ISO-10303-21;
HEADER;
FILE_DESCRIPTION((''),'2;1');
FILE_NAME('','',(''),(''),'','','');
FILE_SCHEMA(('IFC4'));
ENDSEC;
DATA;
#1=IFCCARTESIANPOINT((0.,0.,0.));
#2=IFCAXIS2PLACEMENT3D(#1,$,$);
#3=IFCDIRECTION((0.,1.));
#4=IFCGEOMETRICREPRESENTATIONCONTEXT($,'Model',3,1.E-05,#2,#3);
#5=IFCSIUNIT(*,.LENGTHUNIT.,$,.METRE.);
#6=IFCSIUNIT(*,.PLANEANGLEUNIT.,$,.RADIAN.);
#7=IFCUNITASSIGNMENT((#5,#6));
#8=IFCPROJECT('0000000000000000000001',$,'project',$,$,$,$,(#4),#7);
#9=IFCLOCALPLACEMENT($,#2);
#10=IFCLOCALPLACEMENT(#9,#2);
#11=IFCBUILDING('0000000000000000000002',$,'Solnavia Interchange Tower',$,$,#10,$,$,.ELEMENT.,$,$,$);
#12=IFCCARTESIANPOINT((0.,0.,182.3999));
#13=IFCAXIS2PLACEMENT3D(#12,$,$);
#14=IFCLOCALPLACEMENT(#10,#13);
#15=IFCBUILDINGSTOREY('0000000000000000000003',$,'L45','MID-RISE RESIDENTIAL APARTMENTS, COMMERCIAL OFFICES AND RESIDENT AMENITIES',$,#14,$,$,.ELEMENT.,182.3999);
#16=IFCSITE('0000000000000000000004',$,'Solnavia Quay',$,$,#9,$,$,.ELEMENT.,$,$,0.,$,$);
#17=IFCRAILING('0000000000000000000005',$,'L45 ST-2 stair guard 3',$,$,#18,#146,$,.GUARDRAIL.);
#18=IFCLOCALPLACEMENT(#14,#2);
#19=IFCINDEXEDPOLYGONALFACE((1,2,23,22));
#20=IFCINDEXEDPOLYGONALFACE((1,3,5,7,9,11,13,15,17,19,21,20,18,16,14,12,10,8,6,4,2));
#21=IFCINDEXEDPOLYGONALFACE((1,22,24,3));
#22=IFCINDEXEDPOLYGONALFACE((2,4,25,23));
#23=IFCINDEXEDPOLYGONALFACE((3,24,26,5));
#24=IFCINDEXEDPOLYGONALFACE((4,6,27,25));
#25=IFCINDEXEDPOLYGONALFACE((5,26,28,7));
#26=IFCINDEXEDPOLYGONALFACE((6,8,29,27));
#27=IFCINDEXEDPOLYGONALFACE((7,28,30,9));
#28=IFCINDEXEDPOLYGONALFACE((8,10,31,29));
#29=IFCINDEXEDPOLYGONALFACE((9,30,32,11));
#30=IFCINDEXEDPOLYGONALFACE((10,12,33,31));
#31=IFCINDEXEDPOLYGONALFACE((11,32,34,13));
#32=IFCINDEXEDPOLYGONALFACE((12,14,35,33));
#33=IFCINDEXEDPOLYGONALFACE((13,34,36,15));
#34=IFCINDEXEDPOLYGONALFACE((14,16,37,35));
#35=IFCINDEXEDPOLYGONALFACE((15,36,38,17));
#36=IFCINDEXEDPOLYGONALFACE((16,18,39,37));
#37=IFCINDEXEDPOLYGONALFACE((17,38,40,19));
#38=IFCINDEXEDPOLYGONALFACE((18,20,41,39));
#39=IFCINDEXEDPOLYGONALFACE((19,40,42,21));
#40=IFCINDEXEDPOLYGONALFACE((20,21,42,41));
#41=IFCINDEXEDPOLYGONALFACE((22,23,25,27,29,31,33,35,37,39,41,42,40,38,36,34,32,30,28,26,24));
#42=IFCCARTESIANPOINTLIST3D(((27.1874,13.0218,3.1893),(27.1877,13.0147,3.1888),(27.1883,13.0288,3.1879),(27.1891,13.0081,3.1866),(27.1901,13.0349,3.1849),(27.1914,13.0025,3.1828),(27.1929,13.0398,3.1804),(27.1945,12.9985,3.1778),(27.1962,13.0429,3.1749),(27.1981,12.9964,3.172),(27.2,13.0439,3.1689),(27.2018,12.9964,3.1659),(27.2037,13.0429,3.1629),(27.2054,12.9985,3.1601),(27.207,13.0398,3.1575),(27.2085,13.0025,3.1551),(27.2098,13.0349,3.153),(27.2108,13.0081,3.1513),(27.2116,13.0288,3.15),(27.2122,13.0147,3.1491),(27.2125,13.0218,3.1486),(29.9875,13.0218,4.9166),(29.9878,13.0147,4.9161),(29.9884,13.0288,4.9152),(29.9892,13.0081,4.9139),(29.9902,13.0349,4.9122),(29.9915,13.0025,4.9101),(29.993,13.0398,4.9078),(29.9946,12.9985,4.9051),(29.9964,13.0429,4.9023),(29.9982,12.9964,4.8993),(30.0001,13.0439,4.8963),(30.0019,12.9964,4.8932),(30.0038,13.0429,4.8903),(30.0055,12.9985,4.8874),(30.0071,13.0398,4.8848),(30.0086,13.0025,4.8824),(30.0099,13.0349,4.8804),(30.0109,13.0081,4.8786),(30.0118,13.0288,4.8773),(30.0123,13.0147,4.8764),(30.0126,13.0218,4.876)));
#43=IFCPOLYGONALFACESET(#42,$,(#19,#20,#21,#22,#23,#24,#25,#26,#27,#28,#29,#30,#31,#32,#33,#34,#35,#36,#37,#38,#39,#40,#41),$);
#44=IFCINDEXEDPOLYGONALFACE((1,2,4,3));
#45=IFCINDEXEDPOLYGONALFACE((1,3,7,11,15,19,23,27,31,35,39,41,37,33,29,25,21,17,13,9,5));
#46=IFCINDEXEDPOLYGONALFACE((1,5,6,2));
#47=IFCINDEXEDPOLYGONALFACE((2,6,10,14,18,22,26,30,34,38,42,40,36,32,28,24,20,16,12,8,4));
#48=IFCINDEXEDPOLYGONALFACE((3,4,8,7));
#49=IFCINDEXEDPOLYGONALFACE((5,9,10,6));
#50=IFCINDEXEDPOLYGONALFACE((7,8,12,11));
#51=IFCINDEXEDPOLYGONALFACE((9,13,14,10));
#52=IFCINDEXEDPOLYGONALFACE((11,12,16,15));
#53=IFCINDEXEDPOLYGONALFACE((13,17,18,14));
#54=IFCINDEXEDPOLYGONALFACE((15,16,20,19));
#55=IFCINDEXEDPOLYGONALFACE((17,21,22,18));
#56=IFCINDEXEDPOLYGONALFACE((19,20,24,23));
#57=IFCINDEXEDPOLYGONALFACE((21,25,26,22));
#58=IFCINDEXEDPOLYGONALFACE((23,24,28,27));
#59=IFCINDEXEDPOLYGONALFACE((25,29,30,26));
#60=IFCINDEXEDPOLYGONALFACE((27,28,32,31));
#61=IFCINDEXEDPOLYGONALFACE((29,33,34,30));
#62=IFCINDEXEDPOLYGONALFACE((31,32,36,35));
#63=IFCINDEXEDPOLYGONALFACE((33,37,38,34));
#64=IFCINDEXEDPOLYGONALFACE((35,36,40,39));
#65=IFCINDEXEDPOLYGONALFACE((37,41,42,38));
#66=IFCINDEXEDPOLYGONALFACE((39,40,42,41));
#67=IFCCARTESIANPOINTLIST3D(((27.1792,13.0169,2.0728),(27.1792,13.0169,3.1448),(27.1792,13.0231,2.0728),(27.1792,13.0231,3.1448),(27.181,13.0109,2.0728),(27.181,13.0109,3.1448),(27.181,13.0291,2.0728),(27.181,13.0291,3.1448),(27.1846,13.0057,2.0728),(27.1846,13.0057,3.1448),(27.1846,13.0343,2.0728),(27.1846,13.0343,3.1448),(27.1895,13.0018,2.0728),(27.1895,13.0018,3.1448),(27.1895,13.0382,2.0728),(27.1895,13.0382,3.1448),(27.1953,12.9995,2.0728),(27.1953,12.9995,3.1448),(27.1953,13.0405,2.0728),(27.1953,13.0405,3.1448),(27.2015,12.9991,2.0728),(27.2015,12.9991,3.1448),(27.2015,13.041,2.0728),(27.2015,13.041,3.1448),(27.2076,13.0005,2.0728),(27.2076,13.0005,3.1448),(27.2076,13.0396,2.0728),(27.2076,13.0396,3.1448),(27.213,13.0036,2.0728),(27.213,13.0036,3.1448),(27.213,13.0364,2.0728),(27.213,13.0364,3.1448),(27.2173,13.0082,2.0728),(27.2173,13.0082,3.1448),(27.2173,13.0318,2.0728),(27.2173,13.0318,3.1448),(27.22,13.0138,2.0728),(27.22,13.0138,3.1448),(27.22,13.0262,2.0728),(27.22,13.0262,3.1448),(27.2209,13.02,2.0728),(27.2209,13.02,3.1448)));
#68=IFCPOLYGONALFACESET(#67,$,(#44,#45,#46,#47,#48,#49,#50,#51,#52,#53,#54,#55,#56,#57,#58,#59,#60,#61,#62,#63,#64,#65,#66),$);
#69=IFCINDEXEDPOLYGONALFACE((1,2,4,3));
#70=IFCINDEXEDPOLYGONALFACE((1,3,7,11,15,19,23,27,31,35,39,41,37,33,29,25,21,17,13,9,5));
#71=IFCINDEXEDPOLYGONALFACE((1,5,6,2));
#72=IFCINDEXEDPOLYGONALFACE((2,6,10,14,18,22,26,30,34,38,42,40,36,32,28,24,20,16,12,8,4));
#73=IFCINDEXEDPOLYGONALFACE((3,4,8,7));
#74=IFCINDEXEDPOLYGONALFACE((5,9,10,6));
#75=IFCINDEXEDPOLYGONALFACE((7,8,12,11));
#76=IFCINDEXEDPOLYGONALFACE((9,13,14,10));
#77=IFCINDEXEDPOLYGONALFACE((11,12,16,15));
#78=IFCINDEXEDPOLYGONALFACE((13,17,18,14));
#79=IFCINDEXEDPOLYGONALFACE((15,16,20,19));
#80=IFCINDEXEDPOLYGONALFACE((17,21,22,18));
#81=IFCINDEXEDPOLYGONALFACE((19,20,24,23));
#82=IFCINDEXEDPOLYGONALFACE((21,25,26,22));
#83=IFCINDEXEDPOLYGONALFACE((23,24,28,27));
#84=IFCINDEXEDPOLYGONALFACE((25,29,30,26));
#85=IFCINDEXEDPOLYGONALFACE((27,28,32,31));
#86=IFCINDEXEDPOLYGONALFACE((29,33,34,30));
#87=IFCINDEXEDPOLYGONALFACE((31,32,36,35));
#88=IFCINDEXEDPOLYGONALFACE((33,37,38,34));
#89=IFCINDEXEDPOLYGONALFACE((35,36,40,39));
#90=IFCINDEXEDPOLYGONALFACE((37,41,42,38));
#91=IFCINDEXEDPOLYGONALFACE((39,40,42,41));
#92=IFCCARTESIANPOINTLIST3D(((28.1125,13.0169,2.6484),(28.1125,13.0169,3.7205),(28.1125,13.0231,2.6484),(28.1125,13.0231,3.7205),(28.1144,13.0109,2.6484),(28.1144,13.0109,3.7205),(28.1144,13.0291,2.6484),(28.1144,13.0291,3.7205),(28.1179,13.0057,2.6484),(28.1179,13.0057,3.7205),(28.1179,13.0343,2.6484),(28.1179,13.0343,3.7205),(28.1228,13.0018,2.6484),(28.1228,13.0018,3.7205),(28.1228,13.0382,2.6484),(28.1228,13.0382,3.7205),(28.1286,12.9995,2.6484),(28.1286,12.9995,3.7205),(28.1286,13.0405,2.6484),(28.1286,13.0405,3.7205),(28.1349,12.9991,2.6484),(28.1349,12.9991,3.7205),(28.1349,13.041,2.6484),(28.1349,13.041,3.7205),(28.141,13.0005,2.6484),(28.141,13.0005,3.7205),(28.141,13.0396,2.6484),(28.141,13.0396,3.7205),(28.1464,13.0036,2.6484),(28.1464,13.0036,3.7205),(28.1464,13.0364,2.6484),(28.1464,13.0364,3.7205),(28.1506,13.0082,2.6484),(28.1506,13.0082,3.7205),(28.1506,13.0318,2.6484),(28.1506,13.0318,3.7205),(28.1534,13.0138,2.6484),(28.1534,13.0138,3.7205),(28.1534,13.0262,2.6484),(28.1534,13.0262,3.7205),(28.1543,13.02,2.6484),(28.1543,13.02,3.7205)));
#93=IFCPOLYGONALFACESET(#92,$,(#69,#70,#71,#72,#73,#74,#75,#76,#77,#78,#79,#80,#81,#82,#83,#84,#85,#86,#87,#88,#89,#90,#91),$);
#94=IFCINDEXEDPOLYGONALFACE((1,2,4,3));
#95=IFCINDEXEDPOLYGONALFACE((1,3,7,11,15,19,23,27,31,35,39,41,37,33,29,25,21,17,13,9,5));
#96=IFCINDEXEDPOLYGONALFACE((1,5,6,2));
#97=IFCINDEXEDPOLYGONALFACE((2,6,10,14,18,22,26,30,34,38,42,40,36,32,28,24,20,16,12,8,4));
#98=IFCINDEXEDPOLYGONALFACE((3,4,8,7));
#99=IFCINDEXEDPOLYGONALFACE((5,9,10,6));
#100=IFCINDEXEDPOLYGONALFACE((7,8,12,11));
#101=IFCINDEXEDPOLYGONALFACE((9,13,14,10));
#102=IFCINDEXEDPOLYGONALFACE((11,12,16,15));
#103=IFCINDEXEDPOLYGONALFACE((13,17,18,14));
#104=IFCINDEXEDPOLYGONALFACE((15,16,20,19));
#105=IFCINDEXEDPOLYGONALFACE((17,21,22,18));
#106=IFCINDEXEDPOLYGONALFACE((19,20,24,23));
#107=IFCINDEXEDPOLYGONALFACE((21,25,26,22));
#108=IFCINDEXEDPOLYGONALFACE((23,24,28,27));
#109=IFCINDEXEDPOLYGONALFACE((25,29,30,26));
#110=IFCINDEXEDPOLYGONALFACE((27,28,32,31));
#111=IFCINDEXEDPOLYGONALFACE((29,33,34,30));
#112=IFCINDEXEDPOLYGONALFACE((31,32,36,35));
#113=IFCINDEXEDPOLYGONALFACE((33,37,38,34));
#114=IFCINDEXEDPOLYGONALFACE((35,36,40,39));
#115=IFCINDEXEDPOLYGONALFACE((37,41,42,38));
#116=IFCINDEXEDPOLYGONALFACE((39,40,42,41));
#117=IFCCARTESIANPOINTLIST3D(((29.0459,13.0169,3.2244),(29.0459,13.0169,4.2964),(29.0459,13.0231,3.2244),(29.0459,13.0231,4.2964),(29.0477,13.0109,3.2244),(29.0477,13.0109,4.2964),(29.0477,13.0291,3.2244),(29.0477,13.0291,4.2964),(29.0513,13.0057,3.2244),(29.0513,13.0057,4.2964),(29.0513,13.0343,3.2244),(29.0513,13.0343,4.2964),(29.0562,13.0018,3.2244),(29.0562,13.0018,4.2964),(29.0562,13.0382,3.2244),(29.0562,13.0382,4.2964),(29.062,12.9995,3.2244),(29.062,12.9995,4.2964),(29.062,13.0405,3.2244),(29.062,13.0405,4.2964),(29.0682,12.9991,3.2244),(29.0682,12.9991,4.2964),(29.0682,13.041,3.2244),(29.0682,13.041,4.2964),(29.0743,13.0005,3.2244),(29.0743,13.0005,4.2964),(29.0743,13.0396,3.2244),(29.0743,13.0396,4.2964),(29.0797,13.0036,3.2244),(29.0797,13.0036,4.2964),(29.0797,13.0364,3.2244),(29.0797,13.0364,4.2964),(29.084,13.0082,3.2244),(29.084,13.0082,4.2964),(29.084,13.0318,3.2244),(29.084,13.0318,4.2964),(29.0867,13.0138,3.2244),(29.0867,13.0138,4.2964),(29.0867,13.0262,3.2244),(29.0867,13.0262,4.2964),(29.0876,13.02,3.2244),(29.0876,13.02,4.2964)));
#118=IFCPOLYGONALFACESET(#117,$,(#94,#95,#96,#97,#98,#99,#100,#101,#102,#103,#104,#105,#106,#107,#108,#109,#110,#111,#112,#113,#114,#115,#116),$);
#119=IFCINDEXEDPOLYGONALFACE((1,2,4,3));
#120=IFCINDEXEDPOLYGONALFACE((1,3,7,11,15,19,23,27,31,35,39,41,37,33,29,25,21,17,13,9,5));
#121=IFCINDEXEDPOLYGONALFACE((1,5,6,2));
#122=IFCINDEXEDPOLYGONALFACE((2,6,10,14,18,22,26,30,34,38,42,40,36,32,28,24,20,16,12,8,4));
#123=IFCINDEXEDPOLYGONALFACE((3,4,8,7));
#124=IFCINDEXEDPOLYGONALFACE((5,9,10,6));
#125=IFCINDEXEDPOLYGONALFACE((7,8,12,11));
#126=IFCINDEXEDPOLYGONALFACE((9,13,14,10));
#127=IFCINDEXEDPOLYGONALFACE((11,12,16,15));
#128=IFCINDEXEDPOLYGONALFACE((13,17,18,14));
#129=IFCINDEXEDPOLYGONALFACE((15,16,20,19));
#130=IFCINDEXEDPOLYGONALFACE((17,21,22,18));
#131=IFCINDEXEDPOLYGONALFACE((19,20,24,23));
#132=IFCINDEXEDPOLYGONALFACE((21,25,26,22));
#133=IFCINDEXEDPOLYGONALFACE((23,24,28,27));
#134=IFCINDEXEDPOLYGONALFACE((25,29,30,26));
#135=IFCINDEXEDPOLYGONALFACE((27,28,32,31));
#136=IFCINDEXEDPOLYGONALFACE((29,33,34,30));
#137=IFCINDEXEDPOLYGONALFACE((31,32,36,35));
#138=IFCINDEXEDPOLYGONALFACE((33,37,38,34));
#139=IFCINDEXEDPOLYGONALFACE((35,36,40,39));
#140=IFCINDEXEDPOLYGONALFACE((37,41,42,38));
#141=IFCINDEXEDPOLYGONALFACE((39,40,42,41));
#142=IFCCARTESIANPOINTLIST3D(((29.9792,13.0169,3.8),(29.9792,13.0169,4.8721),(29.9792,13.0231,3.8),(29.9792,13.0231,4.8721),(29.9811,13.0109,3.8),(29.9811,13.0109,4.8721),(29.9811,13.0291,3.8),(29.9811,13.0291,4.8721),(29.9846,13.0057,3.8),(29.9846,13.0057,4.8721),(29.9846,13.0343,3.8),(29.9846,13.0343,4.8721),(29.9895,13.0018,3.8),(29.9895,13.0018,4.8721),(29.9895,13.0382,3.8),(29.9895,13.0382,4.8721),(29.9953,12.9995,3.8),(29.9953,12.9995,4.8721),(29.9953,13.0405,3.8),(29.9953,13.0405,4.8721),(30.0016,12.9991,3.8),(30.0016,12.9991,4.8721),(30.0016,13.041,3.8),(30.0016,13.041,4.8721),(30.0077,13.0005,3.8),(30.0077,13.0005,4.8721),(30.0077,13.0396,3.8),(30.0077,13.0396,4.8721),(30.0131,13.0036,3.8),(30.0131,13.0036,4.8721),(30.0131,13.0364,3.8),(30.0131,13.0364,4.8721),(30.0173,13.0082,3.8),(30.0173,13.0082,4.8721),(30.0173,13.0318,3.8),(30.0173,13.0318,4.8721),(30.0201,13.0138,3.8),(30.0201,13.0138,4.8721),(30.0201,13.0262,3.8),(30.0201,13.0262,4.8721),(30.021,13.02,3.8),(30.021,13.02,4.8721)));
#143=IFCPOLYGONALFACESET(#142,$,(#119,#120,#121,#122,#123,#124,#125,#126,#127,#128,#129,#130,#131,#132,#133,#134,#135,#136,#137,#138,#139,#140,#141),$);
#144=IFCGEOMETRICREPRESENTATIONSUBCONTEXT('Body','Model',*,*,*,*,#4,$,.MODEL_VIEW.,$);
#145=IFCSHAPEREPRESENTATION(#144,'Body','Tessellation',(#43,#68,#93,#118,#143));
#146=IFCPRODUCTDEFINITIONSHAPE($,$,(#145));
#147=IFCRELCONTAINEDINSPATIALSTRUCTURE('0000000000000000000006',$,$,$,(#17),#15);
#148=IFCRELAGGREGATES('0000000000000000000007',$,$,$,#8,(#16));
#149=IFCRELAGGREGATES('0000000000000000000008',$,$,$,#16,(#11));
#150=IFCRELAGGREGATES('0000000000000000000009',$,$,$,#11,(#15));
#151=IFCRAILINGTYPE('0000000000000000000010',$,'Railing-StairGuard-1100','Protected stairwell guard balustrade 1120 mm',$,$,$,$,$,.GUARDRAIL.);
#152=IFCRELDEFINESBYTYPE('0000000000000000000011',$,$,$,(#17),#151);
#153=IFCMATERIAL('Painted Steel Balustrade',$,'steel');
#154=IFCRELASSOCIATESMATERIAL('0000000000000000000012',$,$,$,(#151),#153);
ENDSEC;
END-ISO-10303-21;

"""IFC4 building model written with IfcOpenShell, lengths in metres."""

from ifc_helpers import new_model, si_unit, direction, frame, origin, origin_2d, place, context, subcontext, project, spatial, circle, extrude, material, type_object, element, save


model = new_model("IFC4")

# Units and contexts
model_context = context("Model", 3, precision=1e-05, world=origin(), true_north=direction((0.0, 1.0)))
body_context = subcontext(model_context, "Body", "Model", "MODEL_VIEW")
ifc_project = project(units=[si_unit("LENGTHUNIT", "METRE"), si_unit("PLANEANGLEUNIT", "RADIAN")], contexts=[model_context])

# Site, building, storey
site_placement = place(None, origin())
site = spatial("IfcSite", under=ifc_project, at=site_placement, Name="Solnavia Quay", CompositionType="ELEMENT", RefElevation=0.0)
building_placement = place(site_placement, origin())
building = spatial("IfcBuilding", under=site, at=building_placement, Name="Solnavia Interchange Tower", CompositionType="ELEMENT")
storey_placement = place(building_placement, frame((0.0, 0.0, 182.3999)))
storey = spatial("IfcBuildingStorey", under=building, at=storey_placement, Name="L45", Description="MID-RISE RESIDENTIAL APARTMENTS, COMMERCIAL OFFICES AND RESIDENT AMENITIES", CompositionType="ELEMENT", Elevation=182.3999)

# Railing
ifc_material_1 = material(Name="Painted Steel Balustrade", Category="steel")
railing_type_1 = type_object("IfcRailingType", Name="Railing-StairGuard-1100", Description="Protected stairwell guard balustrade 1120 mm", PredefinedType="GUARDRAIL", material=ifc_material_1)
railing_1_placement = place(storey_placement, frame((27.2, 13.02, 2.0728)))
element("IfcRailing", 1, at=railing_1_placement, inside=storey, type_object=railing_type_1, Name="L45 ST-2 stair guard 3", PredefinedType="GUARDRAIL", context=body_context, shape_type="SweptSolid", body=[
    extrude(circle(Radius=0.0239, at=origin_2d()), frame((0.0, 0.0, 1.0962), z_axis=(0.85109, 0.0, 0.52502), x_axis=(0.0, 1.0, 0.0)), (0.0, 0.0, 1.0), 3.29),
    extrude(circle(Radius=0.021, at=origin_2d()), origin(), (0.0, 0.0, 1.0), 1.072),
    extrude(circle(Radius=0.021, at=origin_2d()), frame((0.9333, 0.0, 0.5757)), (0.0, 0.0, 1.0), 1.072),
    extrude(circle(Radius=0.021, at=origin_2d()), frame((1.8667, 0.0, 1.1516)), (0.0, 0.0, 1.0), 1.072),
    extrude(circle(Radius=0.021, at=origin_2d()), frame((2.8, 0.0, 1.7273)), (0.0, 0.0, 1.0), 1.072),
])

save(model, "model.ifc")
